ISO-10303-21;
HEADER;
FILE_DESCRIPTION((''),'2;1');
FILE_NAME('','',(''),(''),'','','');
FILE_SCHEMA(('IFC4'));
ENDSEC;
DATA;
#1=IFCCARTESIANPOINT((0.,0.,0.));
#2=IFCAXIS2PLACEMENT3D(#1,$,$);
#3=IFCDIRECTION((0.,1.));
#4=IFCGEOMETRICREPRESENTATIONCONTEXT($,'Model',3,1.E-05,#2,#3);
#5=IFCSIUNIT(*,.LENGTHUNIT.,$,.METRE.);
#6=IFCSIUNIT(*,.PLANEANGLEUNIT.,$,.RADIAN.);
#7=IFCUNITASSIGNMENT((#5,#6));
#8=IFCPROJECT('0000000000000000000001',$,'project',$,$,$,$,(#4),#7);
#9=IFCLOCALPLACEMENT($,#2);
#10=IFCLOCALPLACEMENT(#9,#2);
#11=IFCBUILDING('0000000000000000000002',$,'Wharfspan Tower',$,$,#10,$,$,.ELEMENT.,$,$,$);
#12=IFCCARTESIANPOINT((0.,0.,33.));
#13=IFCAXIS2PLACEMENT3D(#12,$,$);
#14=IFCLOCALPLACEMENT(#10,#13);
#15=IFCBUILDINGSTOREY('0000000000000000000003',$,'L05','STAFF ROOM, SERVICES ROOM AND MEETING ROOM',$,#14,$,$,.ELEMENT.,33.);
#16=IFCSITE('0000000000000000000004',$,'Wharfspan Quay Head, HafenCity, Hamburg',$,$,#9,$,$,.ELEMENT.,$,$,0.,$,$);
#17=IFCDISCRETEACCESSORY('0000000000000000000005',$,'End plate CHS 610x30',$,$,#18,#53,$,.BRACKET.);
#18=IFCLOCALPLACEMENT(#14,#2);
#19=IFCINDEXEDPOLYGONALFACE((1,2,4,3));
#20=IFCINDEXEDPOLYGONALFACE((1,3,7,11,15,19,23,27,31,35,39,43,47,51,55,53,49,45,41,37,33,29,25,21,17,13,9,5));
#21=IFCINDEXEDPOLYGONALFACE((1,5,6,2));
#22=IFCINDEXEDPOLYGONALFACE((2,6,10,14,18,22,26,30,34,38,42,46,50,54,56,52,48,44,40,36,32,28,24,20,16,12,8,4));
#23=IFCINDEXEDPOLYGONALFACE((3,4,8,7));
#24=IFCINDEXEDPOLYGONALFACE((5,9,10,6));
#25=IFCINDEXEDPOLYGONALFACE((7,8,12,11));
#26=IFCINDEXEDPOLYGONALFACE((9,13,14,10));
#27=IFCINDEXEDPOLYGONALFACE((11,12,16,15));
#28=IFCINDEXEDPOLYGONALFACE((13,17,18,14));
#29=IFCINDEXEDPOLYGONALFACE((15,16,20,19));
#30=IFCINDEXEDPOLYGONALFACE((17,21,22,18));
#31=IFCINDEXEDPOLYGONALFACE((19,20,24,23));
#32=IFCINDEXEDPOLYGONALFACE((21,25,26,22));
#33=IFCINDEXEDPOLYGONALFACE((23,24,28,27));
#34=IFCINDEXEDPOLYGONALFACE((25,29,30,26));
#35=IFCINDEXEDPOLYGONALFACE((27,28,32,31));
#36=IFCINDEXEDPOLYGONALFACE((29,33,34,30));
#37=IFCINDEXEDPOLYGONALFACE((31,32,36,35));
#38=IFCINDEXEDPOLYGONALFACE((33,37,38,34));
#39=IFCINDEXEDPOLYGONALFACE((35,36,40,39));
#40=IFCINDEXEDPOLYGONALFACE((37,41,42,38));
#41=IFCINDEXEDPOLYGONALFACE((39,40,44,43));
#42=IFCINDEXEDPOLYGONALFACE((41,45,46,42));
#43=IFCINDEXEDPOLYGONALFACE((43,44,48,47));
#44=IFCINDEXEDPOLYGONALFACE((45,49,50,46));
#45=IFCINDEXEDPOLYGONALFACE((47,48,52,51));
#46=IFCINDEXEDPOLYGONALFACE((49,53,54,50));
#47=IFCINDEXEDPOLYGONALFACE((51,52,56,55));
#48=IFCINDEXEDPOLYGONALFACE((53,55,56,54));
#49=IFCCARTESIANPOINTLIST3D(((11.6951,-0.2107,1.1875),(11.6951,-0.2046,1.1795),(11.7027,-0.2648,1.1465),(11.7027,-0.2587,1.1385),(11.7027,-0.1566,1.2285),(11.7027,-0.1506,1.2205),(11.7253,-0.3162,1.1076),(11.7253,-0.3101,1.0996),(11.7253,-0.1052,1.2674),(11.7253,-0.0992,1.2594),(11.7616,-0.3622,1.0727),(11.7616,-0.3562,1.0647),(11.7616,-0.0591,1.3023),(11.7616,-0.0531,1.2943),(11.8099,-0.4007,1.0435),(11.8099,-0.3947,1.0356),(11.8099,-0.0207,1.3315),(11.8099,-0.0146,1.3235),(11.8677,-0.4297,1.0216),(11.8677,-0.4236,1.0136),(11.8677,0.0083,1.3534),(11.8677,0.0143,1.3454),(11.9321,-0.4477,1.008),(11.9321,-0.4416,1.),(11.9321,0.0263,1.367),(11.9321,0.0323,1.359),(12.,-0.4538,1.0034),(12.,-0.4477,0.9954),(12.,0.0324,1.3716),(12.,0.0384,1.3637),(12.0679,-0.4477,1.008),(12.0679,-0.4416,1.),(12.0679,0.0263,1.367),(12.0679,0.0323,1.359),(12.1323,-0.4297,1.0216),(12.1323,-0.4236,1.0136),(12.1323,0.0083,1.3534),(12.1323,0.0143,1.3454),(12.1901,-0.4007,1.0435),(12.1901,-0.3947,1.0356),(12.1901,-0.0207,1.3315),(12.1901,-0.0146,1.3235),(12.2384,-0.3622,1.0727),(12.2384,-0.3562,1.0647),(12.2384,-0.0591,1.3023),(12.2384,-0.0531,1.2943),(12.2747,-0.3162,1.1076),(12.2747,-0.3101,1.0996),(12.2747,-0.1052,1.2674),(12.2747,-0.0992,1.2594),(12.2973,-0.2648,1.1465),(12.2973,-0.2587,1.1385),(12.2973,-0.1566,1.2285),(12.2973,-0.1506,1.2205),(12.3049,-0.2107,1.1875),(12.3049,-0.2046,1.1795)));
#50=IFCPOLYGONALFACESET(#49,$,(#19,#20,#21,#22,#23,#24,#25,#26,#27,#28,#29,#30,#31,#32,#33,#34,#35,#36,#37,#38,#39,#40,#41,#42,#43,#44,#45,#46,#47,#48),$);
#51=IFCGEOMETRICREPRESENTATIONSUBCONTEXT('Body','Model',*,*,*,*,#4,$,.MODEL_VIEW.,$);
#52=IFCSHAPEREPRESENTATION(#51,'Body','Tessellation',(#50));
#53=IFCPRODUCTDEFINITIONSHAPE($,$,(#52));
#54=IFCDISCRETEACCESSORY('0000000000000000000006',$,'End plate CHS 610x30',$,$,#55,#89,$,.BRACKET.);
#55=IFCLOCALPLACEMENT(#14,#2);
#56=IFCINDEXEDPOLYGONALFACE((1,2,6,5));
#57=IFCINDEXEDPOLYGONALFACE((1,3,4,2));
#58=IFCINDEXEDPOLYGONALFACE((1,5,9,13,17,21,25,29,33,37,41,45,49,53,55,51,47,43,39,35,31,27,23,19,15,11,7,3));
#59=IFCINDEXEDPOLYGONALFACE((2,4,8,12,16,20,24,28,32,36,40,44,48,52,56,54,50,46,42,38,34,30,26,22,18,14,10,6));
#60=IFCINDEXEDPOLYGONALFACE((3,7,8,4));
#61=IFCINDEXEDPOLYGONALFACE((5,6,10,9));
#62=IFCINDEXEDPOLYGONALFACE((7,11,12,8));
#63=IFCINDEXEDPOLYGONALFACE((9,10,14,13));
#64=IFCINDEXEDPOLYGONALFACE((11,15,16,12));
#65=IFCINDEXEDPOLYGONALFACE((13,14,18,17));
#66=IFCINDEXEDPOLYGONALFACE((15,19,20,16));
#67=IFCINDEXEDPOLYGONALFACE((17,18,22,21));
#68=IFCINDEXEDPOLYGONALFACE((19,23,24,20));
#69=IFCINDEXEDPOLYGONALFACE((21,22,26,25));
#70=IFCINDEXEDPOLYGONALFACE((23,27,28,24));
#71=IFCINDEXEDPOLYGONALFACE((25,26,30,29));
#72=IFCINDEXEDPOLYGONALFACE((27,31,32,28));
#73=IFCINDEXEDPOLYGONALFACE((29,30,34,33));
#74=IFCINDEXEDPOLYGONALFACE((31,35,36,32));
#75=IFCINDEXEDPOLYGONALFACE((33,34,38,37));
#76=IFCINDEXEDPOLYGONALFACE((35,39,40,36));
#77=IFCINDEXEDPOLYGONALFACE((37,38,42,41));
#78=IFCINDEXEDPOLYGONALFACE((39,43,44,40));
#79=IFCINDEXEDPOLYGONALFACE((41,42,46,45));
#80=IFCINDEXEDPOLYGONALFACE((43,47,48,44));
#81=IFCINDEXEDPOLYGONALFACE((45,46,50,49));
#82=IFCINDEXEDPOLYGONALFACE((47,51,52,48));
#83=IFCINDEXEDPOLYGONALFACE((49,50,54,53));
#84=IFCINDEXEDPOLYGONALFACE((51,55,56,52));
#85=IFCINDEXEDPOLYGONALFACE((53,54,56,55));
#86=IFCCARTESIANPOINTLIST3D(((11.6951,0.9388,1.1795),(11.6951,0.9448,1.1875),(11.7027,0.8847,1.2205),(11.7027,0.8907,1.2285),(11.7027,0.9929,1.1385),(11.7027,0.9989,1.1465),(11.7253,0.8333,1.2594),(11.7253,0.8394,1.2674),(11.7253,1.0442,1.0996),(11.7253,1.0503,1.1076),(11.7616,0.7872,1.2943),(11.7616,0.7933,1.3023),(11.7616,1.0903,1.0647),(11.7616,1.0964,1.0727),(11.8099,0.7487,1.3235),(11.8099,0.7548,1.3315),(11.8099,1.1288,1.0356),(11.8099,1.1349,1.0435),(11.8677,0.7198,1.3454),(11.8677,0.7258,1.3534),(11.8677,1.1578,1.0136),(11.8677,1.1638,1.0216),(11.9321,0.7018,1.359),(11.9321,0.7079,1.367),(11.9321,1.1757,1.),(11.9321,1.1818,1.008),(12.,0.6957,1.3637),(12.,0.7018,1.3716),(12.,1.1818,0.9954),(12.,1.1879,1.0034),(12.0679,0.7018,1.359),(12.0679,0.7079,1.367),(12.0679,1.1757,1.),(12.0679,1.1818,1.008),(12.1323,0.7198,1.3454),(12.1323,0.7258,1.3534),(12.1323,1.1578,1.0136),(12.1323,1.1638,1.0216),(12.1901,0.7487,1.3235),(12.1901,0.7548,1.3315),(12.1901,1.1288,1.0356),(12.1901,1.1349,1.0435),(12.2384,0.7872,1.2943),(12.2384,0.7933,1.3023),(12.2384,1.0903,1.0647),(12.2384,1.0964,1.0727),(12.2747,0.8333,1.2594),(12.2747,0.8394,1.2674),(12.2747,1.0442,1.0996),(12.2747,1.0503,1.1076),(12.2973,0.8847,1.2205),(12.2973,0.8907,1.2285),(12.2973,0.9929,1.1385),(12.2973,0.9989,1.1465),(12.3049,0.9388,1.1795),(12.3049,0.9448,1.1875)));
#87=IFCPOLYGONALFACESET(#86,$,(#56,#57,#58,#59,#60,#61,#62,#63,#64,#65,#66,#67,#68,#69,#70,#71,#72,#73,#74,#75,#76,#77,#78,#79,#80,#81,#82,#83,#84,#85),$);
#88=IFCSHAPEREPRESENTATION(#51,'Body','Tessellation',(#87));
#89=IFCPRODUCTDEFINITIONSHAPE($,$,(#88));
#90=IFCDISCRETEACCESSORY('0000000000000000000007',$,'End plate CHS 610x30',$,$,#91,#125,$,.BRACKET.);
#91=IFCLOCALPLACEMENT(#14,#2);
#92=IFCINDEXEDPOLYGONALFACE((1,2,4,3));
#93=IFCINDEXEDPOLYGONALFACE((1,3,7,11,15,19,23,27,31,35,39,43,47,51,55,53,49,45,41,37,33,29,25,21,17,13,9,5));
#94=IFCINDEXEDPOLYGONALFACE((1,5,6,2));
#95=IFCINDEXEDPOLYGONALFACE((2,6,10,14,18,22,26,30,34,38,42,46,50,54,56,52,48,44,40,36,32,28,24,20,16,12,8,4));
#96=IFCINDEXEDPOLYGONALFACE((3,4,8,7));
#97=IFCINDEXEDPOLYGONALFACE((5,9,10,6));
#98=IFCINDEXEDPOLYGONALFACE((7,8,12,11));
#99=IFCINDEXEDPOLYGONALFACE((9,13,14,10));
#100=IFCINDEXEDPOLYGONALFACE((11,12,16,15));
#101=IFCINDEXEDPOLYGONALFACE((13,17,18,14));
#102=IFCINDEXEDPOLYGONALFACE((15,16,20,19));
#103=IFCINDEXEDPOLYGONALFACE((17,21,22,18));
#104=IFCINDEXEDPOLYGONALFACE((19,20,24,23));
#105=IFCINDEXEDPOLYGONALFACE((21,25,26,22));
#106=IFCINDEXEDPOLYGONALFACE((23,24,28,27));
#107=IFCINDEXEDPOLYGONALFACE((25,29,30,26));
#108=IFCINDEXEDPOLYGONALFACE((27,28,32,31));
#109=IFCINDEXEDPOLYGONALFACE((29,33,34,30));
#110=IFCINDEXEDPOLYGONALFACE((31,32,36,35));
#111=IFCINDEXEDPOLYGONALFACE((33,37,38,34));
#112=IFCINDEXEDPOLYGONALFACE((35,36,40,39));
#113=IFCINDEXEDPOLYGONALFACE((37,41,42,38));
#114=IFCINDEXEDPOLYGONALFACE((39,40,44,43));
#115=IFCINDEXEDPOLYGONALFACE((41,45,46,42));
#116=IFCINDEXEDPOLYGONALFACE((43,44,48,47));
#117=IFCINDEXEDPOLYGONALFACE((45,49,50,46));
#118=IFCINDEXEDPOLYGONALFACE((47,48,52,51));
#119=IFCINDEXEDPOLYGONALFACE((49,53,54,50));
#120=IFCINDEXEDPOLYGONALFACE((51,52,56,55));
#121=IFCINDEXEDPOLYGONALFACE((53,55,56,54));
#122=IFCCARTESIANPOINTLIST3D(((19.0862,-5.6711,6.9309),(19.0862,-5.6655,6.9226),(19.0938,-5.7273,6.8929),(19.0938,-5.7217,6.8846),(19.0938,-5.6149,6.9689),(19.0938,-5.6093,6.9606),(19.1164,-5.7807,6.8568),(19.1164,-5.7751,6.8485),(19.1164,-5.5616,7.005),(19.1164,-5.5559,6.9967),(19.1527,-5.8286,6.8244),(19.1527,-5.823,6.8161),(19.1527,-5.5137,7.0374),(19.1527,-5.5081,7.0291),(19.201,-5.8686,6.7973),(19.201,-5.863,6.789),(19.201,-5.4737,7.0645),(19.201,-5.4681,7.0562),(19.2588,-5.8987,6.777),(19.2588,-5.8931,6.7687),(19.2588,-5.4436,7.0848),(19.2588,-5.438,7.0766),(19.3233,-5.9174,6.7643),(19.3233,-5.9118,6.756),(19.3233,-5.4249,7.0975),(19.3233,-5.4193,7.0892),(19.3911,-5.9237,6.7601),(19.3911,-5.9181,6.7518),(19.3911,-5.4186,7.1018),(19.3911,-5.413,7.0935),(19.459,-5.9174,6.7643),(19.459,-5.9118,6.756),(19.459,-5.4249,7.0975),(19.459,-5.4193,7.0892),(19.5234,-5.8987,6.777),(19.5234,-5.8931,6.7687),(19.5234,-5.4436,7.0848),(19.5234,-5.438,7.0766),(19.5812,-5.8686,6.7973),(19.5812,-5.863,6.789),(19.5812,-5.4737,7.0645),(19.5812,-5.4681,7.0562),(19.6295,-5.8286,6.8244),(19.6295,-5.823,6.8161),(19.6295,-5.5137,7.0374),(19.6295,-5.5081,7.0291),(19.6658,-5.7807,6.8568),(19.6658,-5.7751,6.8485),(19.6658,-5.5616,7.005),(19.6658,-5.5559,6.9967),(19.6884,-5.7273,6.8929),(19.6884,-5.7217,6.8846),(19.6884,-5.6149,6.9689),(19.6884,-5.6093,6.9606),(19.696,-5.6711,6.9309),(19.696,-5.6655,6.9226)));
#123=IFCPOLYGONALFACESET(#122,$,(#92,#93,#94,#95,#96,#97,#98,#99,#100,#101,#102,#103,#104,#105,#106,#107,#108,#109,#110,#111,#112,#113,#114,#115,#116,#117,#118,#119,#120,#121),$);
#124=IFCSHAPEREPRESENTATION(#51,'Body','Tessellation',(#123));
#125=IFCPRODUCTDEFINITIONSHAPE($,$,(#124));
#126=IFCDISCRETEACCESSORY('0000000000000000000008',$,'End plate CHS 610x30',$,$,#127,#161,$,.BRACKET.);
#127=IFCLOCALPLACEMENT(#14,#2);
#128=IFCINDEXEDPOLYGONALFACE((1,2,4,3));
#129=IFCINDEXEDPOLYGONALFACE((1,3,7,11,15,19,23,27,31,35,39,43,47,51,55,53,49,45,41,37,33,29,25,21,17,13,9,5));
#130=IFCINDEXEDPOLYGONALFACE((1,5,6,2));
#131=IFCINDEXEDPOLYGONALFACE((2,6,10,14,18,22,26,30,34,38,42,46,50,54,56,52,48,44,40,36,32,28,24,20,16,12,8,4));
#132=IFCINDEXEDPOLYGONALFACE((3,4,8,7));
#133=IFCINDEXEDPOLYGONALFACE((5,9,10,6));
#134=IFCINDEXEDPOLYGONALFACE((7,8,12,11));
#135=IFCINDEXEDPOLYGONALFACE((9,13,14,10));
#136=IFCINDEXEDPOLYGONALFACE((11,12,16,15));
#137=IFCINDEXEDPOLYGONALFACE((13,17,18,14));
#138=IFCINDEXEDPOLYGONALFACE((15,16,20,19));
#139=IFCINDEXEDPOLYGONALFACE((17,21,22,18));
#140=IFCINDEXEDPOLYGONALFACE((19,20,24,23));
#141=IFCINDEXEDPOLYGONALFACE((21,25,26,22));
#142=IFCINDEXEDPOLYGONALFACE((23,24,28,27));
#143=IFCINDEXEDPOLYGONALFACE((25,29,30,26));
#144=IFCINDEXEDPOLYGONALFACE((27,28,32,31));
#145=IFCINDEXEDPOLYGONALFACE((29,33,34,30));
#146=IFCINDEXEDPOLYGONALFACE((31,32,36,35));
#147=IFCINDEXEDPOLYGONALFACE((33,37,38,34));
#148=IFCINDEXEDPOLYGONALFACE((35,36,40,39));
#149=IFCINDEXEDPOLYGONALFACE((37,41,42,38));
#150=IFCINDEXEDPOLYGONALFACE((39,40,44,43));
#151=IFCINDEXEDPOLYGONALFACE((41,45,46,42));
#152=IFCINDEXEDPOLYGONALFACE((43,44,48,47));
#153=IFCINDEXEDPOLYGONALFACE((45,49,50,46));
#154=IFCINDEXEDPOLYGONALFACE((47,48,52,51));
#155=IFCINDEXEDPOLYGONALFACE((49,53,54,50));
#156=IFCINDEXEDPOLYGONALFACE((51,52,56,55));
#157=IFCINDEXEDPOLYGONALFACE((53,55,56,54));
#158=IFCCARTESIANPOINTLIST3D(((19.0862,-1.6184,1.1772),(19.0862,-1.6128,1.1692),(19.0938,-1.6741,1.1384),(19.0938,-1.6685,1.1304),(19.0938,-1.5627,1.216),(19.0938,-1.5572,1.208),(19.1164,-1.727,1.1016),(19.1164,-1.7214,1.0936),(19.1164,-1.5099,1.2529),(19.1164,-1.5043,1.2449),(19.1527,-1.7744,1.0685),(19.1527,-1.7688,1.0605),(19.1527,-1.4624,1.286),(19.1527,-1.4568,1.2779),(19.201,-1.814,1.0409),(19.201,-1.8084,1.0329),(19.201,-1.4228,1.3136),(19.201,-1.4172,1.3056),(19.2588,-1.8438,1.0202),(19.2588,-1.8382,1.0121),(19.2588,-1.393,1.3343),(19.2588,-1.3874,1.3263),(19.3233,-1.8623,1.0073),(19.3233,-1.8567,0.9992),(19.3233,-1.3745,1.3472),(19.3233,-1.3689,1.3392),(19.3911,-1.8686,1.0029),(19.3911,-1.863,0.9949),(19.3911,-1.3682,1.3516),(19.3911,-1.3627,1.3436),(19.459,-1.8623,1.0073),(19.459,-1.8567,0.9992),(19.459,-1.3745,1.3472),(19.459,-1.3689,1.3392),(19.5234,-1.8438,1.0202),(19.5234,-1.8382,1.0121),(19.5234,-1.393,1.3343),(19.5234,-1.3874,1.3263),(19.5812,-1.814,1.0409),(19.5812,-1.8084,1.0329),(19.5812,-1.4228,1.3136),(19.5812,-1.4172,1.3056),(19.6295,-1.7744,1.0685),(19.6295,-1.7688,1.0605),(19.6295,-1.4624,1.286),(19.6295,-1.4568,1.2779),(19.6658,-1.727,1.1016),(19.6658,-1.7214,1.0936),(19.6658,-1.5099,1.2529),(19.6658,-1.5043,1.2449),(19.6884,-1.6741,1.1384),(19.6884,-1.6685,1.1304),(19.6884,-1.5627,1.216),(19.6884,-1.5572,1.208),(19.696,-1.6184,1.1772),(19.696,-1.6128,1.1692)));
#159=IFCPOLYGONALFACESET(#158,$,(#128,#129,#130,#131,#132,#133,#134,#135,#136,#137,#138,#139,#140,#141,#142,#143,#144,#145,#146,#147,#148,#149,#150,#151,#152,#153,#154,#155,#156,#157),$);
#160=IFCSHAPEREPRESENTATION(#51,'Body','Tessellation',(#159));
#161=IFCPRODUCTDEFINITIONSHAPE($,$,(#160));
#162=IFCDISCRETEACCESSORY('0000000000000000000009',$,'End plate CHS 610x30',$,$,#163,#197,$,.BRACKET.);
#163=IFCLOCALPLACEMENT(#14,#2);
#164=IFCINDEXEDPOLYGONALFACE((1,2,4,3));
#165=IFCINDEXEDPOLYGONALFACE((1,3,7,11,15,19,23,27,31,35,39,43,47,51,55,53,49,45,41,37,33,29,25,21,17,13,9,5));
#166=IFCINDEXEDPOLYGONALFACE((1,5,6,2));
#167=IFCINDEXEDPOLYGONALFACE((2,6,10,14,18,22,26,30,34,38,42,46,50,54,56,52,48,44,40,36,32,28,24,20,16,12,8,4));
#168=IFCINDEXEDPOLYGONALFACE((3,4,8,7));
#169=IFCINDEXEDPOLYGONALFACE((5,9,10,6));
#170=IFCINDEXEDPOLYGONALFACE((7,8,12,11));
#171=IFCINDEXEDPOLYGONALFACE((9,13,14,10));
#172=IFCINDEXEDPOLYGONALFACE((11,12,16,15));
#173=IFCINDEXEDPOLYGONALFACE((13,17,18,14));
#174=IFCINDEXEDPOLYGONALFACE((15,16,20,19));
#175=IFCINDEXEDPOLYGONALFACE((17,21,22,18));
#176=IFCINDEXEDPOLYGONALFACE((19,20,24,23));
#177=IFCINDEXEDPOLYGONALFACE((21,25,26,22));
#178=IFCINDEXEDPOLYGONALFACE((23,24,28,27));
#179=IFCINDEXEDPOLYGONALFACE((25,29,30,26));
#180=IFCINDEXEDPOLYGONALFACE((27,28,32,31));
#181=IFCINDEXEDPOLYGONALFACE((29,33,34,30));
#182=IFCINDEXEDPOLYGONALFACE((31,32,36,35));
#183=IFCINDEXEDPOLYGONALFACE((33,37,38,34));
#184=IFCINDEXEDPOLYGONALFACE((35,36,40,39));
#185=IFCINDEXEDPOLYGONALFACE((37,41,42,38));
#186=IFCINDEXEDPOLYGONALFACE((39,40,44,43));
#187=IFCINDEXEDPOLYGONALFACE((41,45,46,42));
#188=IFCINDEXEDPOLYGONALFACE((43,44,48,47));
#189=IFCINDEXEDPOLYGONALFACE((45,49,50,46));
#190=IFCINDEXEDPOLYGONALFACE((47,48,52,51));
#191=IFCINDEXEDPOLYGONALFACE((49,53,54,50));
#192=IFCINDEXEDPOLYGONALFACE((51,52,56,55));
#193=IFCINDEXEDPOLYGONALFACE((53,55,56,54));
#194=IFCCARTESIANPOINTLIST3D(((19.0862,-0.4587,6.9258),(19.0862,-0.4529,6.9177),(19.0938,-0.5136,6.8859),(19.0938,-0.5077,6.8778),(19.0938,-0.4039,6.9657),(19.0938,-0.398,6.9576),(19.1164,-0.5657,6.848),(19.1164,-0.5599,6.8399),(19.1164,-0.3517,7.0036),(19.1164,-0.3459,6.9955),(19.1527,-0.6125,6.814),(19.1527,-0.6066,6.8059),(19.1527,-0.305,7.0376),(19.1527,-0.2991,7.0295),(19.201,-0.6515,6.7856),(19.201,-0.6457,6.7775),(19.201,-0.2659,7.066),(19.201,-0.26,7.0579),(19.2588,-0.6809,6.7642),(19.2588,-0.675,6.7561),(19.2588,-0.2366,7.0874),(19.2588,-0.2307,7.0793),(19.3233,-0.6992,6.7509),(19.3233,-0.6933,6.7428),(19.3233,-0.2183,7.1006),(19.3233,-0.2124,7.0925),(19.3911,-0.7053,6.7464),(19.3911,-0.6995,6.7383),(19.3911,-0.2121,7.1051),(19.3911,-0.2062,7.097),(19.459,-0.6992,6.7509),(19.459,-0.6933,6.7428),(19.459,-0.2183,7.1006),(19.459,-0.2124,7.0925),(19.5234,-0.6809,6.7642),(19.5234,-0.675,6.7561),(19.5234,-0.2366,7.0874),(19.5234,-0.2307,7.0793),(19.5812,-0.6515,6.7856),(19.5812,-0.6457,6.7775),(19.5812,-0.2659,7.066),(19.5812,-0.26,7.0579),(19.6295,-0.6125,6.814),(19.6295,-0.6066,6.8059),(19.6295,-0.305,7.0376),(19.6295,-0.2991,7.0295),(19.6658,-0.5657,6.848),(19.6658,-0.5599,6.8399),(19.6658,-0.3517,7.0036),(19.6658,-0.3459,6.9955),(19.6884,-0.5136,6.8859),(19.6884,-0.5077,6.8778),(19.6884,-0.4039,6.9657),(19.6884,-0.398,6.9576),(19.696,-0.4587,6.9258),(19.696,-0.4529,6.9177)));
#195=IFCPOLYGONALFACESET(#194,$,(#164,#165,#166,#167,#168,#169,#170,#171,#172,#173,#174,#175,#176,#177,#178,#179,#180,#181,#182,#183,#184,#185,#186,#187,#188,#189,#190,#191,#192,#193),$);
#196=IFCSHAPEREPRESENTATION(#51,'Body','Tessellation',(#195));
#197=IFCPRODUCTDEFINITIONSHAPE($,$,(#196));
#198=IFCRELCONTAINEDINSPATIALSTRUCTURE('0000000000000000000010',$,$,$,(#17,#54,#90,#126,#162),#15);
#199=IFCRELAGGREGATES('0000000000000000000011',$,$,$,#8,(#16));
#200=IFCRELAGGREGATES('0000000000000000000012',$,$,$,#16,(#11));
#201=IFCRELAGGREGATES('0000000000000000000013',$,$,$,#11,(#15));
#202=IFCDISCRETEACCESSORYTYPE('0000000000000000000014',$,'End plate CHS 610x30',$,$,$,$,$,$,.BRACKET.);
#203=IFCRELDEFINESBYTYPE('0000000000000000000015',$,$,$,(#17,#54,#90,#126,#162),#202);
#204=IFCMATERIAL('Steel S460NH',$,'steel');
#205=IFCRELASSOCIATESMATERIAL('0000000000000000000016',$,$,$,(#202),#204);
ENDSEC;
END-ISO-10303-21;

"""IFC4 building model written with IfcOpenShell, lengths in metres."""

from ifc_helpers import new_model, si_unit, direction, frame, origin, origin_2d, place, context, subcontext, project, spatial, circle, extrude, material, material_profile, profile_set, type_object, element, save


model = new_model("IFC4")

# Units and contexts
model_context = context("Model", 3, precision=1e-05, world=origin(), true_north=direction((0.0, 1.0)))
body_context = subcontext(model_context, "Body", "Model", "MODEL_VIEW")
ifc_project = project(units=[si_unit("LENGTHUNIT", "METRE"), si_unit("PLANEANGLEUNIT", "RADIAN")], contexts=[model_context])

# Site, building, storey
site_placement = place(None, origin())
site = spatial("IfcSite", under=ifc_project, at=site_placement, Name="Wharfspan Quay Head, HafenCity, Hamburg", CompositionType="ELEMENT", RefElevation=0.0)
building_placement = place(site_placement, origin())
building = spatial("IfcBuilding", under=site, at=building_placement, Name="Wharfspan Tower", CompositionType="ELEMENT")
storey_placement = place(building_placement, frame((0.0, 0.0, 33.0)))
storey = spatial("IfcBuildingStorey", under=building, at=storey_placement, Name="L05", Description="STAFF ROOM, SERVICES ROOM AND MEETING ROOM", CompositionType="ELEMENT", Elevation=33.0)

# Shared definitions
ifc_material_1 = material(Name="Steel S460NH", Category="steel")

# Discrete accessories
ifc_material_profile_1 = material_profile(ifc_material_1, circle(Radius=0.3049, at=origin_2d()))
ifc_profile_set_1 = profile_set([ifc_material_profile_1], Name="Steel S460NH")
discrete_accessory_type = type_object("IfcDiscreteAccessoryType", Name="End plate CHS 610x30", PredefinedType="BRACKET", material=ifc_profile_set_1)
for number, where, z_axis, x_axis, name in (
    (1, (12.0, -0.2107, 1.1875), (0.0, 0.603858, -0.797092), (-1.0, 0.0, 0.0), "End plate CHS 610x30"),
    (2, (12.0, 0.9448, 1.1875), (0.0, -0.603858, -0.797092), (1.0, 0.0, 0.0), "End plate CHS 610x30"),
    (3, (19.3911, -5.6711, 6.9309), (0.0, 0.560309, -0.828283), (-1.0, 0.0, 0.0), "End plate CHS 610x30"),
):
    element("IfcDiscreteAccessory", number, at=place(storey_placement, frame(where, z_axis=z_axis, x_axis=x_axis)), inside=storey, type_object=discrete_accessory_type, Name=name, PredefinedType="BRACKET", context=body_context, shape_type="SweptSolid", body=[
        extrude(circle(Radius=0.3049, at=origin_2d()), origin(), (0.0, 0.0, 1.0), 0.01),
    ])
discrete_accessory_placement = place(storey_placement, frame((19.3911, -1.6184, 1.1772), z_axis=(0.0, 0.571793, -0.820398), x_axis=(-1.0, 0.0, 0.0)))
element("IfcDiscreteAccessory", 4, at=discrete_accessory_placement, inside=storey, type_object=discrete_accessory_type, Name="End plate CHS 610x30", PredefinedType="BRACKET", context=body_context, shape_type="SweptSolid", body=[
    extrude(circle(Radius=0.3049, at=origin_2d()), origin(), (0.0, 0.0, 1.0), 0.0098),
])
for number, where, z_axis, x_axis, name in (
    (5, (19.3911, -0.4587, 6.9258), (0.0, 0.588172, -0.808736), (-1.0, 0.0, 0.0), "End plate CHS 610x30"),
):
    element("IfcDiscreteAccessory", number, at=place(storey_placement, frame(where, z_axis=z_axis, x_axis=x_axis)), inside=storey, type_object=discrete_accessory_type, Name=name, PredefinedType="BRACKET", context=body_context, shape_type="SweptSolid", body=[
        extrude(circle(Radius=0.3049, at=origin_2d()), origin(), (0.0, 0.0, 1.0), 0.01),
    ])

save(model, "model.ifc")
